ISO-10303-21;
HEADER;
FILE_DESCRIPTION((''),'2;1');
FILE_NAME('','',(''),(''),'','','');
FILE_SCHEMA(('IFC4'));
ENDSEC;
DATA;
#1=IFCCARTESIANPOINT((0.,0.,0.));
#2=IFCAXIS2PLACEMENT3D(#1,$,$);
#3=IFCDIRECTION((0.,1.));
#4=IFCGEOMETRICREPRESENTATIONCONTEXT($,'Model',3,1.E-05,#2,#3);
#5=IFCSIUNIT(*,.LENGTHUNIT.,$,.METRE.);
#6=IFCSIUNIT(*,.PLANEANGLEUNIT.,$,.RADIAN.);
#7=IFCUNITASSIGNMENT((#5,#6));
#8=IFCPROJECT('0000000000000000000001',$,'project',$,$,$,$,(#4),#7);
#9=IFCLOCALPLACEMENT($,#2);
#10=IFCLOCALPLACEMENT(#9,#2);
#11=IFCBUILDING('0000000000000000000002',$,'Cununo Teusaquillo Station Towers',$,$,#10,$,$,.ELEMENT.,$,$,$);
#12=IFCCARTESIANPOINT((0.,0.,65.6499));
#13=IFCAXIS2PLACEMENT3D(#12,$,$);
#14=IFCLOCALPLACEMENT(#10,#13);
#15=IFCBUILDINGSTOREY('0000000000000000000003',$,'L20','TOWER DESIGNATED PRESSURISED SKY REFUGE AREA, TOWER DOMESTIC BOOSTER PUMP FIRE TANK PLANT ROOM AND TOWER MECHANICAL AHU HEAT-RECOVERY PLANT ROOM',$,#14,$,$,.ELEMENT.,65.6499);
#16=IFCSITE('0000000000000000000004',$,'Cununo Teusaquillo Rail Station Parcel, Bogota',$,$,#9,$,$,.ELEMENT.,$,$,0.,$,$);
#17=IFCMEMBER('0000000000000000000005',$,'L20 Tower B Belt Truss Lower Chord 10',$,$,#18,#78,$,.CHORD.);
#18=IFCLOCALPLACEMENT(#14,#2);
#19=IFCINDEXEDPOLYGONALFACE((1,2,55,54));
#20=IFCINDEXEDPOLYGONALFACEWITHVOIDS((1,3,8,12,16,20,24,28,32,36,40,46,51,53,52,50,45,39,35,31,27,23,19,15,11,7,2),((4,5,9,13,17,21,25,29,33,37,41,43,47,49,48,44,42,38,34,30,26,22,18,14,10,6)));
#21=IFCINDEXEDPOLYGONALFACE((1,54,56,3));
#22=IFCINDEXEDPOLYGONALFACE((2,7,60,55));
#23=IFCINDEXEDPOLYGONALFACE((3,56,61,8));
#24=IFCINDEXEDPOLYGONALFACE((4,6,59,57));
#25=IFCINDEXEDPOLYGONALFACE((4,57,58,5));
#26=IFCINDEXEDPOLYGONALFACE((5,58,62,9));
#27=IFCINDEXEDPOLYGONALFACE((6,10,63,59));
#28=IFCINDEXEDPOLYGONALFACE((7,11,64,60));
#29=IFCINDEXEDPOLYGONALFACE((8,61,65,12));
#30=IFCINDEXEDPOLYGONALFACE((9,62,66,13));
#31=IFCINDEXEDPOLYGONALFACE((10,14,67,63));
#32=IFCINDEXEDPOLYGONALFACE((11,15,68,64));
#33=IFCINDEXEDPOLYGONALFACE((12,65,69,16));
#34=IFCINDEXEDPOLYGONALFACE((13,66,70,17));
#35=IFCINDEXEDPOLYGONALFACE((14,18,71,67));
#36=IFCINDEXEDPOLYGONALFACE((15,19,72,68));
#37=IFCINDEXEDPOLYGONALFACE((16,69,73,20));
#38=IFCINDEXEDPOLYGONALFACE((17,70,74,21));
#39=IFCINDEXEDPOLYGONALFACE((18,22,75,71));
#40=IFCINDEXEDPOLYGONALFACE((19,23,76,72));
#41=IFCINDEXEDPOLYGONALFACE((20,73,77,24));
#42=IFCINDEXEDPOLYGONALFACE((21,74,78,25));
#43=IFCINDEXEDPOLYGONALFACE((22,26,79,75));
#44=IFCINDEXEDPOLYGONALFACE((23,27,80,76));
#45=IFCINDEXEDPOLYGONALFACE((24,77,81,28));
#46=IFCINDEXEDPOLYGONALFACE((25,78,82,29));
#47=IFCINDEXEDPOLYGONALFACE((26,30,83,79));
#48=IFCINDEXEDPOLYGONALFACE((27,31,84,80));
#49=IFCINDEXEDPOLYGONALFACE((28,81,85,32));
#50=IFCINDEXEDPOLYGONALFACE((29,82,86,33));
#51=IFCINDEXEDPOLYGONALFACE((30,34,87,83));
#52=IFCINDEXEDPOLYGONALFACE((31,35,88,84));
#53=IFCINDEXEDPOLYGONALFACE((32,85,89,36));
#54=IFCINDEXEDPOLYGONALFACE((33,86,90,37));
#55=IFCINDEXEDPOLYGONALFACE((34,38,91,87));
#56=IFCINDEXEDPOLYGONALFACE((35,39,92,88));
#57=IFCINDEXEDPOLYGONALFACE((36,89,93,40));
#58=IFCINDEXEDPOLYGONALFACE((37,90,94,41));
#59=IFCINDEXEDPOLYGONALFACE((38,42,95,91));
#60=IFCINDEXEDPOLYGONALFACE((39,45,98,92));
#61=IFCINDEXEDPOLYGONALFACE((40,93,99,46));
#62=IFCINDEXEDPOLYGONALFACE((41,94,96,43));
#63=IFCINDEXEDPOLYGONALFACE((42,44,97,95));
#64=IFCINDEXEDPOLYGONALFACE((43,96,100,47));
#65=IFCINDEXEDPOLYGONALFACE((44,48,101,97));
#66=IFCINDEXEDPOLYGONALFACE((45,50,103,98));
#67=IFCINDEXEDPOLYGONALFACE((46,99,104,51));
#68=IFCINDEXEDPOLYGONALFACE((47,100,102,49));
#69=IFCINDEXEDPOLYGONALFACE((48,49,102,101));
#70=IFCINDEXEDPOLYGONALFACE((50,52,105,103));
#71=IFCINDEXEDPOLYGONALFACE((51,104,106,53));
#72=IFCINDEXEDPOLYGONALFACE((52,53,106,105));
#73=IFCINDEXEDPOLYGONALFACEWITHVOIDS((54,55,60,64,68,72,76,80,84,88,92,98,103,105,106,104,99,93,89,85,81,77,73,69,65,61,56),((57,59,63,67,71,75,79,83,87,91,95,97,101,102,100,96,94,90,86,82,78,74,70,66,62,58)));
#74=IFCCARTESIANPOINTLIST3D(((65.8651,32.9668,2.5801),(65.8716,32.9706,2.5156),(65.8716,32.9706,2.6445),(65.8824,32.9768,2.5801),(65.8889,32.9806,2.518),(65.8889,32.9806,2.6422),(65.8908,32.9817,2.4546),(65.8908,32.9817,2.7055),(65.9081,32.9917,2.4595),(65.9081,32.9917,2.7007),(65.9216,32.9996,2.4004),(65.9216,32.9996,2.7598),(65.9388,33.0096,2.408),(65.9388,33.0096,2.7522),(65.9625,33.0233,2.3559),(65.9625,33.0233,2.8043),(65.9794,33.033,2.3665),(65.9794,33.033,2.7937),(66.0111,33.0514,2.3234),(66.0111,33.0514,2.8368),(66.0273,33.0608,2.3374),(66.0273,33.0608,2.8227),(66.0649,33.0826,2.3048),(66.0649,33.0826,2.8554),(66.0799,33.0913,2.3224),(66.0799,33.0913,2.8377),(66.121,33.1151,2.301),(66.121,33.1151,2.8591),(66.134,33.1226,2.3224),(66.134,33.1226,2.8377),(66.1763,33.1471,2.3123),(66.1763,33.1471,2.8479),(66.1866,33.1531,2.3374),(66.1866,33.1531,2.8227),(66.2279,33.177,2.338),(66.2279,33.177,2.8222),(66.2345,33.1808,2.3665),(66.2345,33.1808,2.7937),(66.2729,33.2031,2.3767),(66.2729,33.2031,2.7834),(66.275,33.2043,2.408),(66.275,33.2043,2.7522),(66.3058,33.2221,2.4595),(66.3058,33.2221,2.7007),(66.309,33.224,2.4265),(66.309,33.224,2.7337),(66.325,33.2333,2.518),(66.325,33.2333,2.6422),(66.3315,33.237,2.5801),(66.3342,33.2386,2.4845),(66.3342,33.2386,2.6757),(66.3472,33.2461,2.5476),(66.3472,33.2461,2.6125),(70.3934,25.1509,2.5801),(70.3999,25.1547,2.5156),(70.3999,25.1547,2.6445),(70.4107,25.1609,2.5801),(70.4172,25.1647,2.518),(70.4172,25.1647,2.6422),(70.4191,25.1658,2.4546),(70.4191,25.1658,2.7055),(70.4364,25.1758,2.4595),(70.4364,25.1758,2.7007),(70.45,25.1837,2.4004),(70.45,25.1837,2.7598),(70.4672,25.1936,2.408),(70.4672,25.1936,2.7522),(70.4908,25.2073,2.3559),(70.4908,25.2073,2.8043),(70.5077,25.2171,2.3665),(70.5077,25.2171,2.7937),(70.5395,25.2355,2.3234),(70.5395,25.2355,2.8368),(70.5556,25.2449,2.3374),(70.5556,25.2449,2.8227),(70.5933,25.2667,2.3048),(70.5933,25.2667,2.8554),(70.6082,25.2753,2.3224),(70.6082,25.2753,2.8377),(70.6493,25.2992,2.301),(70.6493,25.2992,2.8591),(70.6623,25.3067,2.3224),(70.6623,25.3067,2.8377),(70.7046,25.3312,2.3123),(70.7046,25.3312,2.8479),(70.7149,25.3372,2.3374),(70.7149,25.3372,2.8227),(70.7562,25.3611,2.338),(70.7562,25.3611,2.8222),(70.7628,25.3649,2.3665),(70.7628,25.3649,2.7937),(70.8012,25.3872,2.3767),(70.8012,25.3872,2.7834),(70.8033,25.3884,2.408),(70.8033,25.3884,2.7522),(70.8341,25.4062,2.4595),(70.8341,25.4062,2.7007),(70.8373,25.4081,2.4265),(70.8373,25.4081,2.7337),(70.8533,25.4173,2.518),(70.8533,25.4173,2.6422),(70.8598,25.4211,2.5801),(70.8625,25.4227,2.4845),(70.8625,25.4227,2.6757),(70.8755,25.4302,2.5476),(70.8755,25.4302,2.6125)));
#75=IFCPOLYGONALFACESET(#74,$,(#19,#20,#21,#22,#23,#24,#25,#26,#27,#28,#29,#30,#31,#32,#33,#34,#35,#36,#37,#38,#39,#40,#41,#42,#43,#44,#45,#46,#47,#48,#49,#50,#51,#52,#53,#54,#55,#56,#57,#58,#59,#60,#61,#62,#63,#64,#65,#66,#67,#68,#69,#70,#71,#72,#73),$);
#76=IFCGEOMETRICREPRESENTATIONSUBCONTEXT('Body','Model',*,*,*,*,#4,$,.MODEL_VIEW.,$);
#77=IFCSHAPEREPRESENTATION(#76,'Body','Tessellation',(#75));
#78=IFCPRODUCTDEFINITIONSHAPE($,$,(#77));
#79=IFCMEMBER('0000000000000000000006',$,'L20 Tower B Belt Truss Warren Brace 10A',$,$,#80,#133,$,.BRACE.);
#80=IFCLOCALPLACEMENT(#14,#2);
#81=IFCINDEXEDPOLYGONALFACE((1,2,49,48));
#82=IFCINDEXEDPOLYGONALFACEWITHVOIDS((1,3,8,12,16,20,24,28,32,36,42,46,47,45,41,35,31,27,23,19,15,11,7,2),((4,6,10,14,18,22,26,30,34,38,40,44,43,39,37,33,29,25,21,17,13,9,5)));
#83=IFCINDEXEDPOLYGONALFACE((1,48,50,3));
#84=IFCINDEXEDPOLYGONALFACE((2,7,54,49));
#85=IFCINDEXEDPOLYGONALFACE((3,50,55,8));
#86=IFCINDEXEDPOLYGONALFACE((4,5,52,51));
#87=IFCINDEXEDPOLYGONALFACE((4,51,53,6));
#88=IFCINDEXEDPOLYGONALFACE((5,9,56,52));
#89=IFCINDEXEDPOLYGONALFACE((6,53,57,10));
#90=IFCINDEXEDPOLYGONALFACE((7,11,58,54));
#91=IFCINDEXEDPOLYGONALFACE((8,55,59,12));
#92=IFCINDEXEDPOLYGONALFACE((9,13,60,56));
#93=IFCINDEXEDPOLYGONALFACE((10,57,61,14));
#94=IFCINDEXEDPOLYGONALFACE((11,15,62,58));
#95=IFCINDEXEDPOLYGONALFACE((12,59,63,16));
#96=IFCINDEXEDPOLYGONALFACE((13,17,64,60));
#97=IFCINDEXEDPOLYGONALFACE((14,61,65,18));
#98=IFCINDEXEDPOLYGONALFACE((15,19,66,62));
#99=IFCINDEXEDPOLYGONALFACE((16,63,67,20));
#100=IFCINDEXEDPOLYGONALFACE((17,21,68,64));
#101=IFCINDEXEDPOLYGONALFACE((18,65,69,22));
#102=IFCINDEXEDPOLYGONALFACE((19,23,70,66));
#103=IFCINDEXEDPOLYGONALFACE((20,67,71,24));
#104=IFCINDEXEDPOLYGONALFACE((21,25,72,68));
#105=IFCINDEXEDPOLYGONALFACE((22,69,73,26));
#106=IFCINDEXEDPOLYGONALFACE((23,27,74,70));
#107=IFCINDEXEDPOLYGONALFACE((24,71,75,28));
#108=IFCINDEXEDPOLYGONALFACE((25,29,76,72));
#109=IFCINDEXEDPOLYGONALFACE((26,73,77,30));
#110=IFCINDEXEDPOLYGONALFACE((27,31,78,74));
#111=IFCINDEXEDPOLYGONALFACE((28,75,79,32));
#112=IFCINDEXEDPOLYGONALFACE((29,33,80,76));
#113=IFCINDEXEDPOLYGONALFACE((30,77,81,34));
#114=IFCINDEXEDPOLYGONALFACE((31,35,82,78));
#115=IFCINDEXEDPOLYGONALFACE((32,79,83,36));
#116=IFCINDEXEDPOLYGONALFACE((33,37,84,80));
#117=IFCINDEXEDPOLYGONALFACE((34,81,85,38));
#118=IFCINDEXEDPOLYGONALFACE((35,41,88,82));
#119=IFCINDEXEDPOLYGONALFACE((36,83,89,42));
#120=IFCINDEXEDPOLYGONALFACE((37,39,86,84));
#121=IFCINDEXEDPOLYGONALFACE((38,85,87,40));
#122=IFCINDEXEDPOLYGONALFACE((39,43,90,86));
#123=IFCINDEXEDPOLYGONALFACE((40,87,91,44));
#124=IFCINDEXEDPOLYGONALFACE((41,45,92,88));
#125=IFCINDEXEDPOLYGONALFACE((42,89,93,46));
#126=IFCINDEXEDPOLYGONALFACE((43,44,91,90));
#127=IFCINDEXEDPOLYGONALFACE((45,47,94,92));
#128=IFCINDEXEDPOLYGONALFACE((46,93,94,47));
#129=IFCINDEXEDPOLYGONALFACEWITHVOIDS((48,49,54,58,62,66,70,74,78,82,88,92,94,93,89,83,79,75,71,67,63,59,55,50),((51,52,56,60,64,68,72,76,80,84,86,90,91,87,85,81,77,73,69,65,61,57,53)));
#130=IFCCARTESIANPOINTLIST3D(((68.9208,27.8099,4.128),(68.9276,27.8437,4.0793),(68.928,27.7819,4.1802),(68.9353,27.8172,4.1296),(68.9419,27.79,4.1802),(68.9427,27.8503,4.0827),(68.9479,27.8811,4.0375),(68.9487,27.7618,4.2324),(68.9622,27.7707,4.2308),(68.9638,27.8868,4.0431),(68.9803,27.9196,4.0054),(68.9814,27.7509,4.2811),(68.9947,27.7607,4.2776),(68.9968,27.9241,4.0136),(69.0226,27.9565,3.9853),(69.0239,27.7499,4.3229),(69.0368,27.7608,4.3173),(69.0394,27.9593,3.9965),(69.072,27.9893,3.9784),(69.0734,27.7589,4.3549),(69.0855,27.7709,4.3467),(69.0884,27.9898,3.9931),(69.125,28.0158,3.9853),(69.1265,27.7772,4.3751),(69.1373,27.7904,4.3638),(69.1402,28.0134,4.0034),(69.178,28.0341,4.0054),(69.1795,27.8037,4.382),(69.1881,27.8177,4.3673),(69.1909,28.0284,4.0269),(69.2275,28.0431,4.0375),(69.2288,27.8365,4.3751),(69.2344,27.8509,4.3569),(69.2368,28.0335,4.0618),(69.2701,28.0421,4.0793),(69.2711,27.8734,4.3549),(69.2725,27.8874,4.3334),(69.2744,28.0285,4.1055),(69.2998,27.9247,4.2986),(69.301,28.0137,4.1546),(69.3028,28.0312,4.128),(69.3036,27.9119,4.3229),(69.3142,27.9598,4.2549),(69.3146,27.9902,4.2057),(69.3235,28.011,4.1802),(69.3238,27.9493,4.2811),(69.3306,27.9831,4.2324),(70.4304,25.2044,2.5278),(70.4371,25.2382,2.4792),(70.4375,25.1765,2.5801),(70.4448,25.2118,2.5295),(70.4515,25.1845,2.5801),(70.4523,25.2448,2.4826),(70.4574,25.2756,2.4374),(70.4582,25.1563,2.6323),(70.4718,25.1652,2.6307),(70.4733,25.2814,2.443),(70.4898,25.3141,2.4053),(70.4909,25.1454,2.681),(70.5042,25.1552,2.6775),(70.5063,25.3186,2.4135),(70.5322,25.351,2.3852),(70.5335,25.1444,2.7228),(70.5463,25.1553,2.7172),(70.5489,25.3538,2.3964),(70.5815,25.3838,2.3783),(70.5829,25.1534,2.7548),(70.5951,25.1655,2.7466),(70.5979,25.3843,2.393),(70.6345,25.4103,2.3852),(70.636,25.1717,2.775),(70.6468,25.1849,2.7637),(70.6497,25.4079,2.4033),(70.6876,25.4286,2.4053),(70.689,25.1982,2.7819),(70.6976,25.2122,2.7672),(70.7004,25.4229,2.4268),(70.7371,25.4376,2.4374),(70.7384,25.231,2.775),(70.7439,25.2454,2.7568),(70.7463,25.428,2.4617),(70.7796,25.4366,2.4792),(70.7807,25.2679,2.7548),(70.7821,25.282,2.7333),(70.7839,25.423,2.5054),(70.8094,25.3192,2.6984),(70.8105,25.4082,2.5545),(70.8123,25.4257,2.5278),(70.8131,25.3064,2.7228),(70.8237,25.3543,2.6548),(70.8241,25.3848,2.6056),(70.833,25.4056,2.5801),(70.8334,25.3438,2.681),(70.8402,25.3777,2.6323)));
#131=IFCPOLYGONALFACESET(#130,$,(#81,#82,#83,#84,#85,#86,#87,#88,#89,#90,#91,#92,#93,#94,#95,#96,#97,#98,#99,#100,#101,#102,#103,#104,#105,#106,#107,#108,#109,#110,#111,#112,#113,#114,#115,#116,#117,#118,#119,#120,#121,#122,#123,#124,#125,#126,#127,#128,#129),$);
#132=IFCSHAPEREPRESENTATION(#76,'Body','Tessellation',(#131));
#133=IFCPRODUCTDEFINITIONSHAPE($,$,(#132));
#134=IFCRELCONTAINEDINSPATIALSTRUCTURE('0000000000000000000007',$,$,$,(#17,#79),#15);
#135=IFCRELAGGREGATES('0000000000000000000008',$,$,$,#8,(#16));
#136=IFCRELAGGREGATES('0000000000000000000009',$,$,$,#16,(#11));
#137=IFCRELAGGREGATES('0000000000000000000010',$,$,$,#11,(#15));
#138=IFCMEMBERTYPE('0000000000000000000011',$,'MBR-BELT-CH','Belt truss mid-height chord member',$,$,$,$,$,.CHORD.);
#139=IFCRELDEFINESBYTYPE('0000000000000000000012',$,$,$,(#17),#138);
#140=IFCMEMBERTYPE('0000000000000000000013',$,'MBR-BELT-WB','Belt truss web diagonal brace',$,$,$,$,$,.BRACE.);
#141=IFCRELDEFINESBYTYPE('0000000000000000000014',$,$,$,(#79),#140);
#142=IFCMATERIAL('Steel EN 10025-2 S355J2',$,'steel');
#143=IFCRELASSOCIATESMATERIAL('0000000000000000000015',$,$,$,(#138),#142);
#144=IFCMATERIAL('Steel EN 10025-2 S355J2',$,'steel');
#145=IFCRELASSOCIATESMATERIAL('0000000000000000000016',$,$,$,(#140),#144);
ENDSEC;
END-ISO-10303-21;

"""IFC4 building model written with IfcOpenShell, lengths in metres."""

from ifc_helpers import new_model, si_unit, direction, frame, origin, origin_2d, place, context, subcontext, project, spatial, hollow_circle, extrude, material, material_profile, profile_set, type_object, element, save


model = new_model("IFC4")

# Units and contexts
model_context = context("Model", 3, precision=1e-05, world=origin(), true_north=direction((0.0, 1.0)))
body_context = subcontext(model_context, "Body", "Model", "MODEL_VIEW")
ifc_project = project(units=[si_unit("LENGTHUNIT", "METRE"), si_unit("PLANEANGLEUNIT", "RADIAN")], contexts=[model_context])

# Site, building, storey
site_placement = place(None, origin())
site = spatial("IfcSite", under=ifc_project, at=site_placement, Name="Cununo Teusaquillo Rail Station Parcel, Bogota", CompositionType="ELEMENT", RefElevation=0.0)
building_placement = place(site_placement, origin())
building = spatial("IfcBuilding", under=site, at=building_placement, Name="Cununo Teusaquillo Station Towers", CompositionType="ELEMENT")
storey_placement = place(building_placement, frame((0.0, 0.0, 65.6499)))
storey = spatial("IfcBuildingStorey", under=building, at=storey_placement, Name="L20", Description="TOWER DESIGNATED PRESSURISED SKY REFUGE AREA, TOWER DOMESTIC BOOSTER PUMP FIRE TANK PLANT ROOM AND TOWER MECHANICAL AHU HEAT-RECOVERY PLANT ROOM", CompositionType="ELEMENT", Elevation=65.6499)

# Members
ifc_material_1 = material(Name="Steel EN 10025-2 S355J2", Category="steel")
ifc_material_profile_1 = material_profile(ifc_material_1, hollow_circle(Radius=0.2795, WallThickness=0.02, at=origin_2d()), Name="CHS 559x20")
ifc_profile_set_1 = profile_set([ifc_material_profile_1], Name="Steel EN 10025-2 S355J2")
member_type_1 = type_object("IfcMemberType", Name="MBR-BELT-CH", Description="Belt truss mid-height chord member", PredefinedType="CHORD", material=ifc_profile_set_1)
member_1_placement = place(storey_placement, frame((70.6353, 25.291, 2.5801), z_axis=(-0.501311, 0.865267, 0.0), x_axis=(-0.865267, -0.501311, 0.0)))
element("IfcMember", 1, at=member_1_placement, inside=storey, type_object=member_type_1, Name="L20 Tower B Belt Truss Lower Chord 10", PredefinedType="CHORD", context=body_context, shape_type="SweptSolid", body=[
    extrude(hollow_circle(Radius=0.2795, WallThickness=0.02, at=origin_2d()), origin(), (0.0, 0.0, 1.0), 9.033),
])
ifc_material_2 = material(Name="Steel EN 10025-2 S355J2", Category="steel")
ifc_material_profile_2 = material_profile(ifc_material_2, hollow_circle(Radius=0.2285, WallThickness=0.0161, at=origin_2d()), Name="CHS 457x16")
ifc_profile_set_2 = profile_set([ifc_material_profile_2], Name="Steel EN 10025-2 S355J2")
member_type_2 = type_object("IfcMemberType", Name="MBR-BELT-WB", Description="Belt truss web diagonal brace", PredefinedType="BRACE", material=ifc_profile_set_2)
member_2_placement = place(storey_placement, frame((70.6353, 25.291, 2.5801), z_axis=(-0.442688, 0.764089, 0.46925), x_axis=(-0.865269, -0.501308, 0.0)))
element("IfcMember", 2, at=member_2_placement, inside=storey, type_object=member_type_2, Name="L20 Tower B Belt Truss Warren Brace 10A", PredefinedType="BRACE", context=body_context, shape_type="SweptSolid", body=[
    extrude(hollow_circle(Radius=0.2285, WallThickness=0.0161, at=origin_2d()), origin(), (0.0, 0.0, 1.0), 3.4099),
])

save(model, "model.ifc")
